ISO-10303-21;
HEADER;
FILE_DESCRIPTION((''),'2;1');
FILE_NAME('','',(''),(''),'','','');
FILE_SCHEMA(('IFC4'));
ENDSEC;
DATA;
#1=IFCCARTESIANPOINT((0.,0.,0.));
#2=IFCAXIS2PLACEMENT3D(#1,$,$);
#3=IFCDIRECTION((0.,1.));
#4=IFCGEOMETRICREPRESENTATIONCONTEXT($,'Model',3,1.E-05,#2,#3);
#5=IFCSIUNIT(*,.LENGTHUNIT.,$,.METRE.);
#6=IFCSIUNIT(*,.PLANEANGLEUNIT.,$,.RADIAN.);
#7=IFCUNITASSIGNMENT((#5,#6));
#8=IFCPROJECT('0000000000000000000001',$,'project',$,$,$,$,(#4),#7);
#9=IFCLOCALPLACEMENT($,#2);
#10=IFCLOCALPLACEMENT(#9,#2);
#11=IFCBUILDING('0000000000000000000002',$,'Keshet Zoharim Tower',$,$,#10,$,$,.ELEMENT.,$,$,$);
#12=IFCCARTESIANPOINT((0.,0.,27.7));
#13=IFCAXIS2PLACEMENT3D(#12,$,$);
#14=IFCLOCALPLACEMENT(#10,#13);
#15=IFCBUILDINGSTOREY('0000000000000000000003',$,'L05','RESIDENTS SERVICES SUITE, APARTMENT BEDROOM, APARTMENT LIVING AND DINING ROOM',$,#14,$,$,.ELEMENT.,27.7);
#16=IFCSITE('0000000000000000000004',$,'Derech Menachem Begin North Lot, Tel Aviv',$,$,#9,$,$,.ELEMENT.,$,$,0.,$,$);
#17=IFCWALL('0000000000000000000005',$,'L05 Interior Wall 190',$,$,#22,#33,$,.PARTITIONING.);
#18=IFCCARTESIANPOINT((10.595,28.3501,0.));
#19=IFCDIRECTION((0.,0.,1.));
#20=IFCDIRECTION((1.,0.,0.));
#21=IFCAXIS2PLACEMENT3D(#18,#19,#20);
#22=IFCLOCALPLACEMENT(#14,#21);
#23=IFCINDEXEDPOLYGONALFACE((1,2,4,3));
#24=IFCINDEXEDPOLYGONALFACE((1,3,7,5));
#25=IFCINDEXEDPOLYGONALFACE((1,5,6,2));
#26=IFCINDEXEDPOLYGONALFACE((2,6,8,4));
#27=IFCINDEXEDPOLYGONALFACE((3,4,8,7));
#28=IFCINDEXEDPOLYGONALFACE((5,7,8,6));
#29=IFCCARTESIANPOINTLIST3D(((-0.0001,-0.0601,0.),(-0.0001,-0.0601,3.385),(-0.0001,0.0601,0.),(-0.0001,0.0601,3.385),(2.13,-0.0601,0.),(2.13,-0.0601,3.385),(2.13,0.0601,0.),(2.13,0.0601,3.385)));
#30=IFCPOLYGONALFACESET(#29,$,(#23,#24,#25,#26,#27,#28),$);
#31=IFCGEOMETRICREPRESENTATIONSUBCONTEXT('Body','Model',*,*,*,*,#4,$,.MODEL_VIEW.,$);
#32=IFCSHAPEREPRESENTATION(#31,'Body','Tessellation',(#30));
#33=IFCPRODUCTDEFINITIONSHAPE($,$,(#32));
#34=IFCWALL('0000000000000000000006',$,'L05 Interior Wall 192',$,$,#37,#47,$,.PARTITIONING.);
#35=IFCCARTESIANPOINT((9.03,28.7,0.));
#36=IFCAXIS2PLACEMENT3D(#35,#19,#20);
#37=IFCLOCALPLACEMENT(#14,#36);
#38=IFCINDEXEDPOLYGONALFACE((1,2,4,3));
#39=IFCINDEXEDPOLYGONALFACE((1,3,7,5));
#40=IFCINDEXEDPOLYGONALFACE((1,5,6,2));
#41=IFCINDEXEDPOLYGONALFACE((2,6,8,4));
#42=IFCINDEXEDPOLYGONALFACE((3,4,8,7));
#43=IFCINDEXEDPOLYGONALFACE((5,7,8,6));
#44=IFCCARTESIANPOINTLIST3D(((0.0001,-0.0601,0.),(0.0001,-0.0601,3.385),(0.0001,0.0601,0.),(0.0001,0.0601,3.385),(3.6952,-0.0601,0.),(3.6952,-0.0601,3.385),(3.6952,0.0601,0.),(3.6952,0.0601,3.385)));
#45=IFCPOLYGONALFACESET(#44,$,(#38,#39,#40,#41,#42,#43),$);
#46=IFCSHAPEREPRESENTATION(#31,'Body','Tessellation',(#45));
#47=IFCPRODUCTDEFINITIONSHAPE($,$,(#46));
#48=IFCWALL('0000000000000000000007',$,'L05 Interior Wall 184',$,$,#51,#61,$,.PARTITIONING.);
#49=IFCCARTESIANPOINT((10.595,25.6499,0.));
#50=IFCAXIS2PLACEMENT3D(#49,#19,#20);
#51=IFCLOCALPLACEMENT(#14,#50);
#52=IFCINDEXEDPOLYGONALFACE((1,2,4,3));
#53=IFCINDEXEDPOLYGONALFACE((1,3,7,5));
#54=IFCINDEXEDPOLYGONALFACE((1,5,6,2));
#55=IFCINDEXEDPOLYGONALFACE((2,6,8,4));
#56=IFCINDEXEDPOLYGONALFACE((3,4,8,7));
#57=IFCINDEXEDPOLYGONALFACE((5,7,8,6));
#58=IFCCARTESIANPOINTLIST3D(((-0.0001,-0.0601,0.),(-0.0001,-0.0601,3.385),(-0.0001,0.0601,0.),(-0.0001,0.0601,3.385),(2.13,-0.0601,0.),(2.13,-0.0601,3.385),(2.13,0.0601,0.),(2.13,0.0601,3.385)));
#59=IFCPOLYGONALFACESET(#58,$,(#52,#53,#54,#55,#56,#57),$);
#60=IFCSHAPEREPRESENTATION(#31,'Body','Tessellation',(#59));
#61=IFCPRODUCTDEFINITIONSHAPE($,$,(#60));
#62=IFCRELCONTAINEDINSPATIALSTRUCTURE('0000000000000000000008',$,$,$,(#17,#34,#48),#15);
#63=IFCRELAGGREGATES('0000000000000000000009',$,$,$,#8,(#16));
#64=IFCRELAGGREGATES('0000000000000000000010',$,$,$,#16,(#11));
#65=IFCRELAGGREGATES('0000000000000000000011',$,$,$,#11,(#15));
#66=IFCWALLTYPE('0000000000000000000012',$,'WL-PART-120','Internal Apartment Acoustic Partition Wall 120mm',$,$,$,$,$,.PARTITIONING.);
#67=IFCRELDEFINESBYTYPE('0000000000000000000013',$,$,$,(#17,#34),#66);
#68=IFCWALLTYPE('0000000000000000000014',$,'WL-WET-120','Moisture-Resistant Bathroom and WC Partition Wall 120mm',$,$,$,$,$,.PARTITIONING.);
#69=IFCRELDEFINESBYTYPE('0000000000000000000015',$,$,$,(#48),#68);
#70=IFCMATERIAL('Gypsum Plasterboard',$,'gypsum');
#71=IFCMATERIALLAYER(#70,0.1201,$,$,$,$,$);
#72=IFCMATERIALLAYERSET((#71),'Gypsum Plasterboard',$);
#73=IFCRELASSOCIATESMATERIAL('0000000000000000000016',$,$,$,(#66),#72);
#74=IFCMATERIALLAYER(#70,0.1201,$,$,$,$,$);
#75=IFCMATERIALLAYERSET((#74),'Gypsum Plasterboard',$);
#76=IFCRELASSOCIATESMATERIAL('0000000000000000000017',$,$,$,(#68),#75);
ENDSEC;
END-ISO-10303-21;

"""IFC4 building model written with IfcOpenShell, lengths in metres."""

from ifc_helpers import new_model, si_unit, direction, frame, frame_2d, origin, place, context, subcontext, project, spatial, rectangle, extrude, material, layer, layer_set, type_object, element, save


model = new_model("IFC4")

# Units and contexts
model_context = context("Model", 3, precision=1e-05, world=origin(), true_north=direction((0.0, 1.0)))
body_context = subcontext(model_context, "Body", "Model", "MODEL_VIEW")
ifc_project = project(units=[si_unit("LENGTHUNIT", "METRE"), si_unit("PLANEANGLEUNIT", "RADIAN")], contexts=[model_context])

# Site, building, storey
site_placement = place(None, origin())
site = spatial("IfcSite", under=ifc_project, at=site_placement, Name="Derech Menachem Begin North Lot, Tel Aviv", CompositionType="ELEMENT", RefElevation=0.0)
building_placement = place(site_placement, origin())
building = spatial("IfcBuilding", under=site, at=building_placement, Name="Keshet Zoharim Tower", CompositionType="ELEMENT")
storey_placement = place(building_placement, frame((0.0, 0.0, 27.7)))
storey = spatial("IfcBuildingStorey", under=building, at=storey_placement, Name="L05", Description="RESIDENTS SERVICES SUITE, APARTMENT BEDROOM, APARTMENT LIVING AND DINING ROOM", CompositionType="ELEMENT", Elevation=27.7)

# Shared definitions
ifc_material_1 = material(Name="Gypsum Plasterboard", Category="gypsum")

# Shared definitions
ifc_layer_1 = layer(ifc_material_1, 0.1201)
ifc_layer_set_1 = layer_set([ifc_layer_1], Name="Gypsum Plasterboard")
wall_type_1 = type_object("IfcWallType", Name="WL-PART-120", Description="Internal Apartment Acoustic Partition Wall 120mm", PredefinedType="PARTITIONING", material=ifc_layer_set_1)

# Walls
wall_1_placement = place(storey_placement, frame((10.595, 28.3501, 0.0), z_axis=(0.0, 0.0, 1.0), x_axis=(1.0, 0.0, 0.0)))
element("IfcWall", 1, at=wall_1_placement, inside=storey, type_object=wall_type_1, Name="L05 Interior Wall 190", PredefinedType="PARTITIONING", context=body_context, shape_type="SweptSolid", body=[
    extrude(rectangle(XDim=2.1301, YDim=0.1201, at=frame_2d((1.0649, 0.0))), origin(), (0.0, 0.0, 1.0), 3.385),
])
wall_2_placement = place(storey_placement, frame((9.03, 28.7, 0.0), z_axis=(0.0, 0.0, 1.0), x_axis=(1.0, 0.0, 0.0)))
element("IfcWall", 2, at=wall_2_placement, inside=storey, type_object=wall_type_1, Name="L05 Interior Wall 192", PredefinedType="PARTITIONING", context=body_context, shape_type="SweptSolid", body=[
    extrude(rectangle(XDim=3.6951, YDim=0.1201, at=frame_2d((1.8477, 0.0))), origin(), (0.0, 0.0, 1.0), 3.385),
])

# Wall
ifc_layer_2 = layer(ifc_material_1, 0.1201)
ifc_layer_set_2 = layer_set([ifc_layer_2], Name="Gypsum Plasterboard")
wall_type_2 = type_object("IfcWallType", Name="WL-WET-120", Description="Moisture-Resistant Bathroom and WC Partition Wall 120mm", PredefinedType="PARTITIONING", material=ifc_layer_set_2)
wall_3_placement = place(storey_placement, frame((10.595, 25.6499, 0.0), z_axis=(0.0, 0.0, 1.0), x_axis=(1.0, 0.0, 0.0)))
element("IfcWall", 3, at=wall_3_placement, inside=storey, type_object=wall_type_2, Name="L05 Interior Wall 184", PredefinedType="PARTITIONING", context=body_context, shape_type="SweptSolid", body=[
    extrude(rectangle(XDim=2.1301, YDim=0.1201, at=frame_2d((1.0649, 0.0))), origin(), (0.0, 0.0, 1.0), 3.385),
])

save(model, "model.ifc")
